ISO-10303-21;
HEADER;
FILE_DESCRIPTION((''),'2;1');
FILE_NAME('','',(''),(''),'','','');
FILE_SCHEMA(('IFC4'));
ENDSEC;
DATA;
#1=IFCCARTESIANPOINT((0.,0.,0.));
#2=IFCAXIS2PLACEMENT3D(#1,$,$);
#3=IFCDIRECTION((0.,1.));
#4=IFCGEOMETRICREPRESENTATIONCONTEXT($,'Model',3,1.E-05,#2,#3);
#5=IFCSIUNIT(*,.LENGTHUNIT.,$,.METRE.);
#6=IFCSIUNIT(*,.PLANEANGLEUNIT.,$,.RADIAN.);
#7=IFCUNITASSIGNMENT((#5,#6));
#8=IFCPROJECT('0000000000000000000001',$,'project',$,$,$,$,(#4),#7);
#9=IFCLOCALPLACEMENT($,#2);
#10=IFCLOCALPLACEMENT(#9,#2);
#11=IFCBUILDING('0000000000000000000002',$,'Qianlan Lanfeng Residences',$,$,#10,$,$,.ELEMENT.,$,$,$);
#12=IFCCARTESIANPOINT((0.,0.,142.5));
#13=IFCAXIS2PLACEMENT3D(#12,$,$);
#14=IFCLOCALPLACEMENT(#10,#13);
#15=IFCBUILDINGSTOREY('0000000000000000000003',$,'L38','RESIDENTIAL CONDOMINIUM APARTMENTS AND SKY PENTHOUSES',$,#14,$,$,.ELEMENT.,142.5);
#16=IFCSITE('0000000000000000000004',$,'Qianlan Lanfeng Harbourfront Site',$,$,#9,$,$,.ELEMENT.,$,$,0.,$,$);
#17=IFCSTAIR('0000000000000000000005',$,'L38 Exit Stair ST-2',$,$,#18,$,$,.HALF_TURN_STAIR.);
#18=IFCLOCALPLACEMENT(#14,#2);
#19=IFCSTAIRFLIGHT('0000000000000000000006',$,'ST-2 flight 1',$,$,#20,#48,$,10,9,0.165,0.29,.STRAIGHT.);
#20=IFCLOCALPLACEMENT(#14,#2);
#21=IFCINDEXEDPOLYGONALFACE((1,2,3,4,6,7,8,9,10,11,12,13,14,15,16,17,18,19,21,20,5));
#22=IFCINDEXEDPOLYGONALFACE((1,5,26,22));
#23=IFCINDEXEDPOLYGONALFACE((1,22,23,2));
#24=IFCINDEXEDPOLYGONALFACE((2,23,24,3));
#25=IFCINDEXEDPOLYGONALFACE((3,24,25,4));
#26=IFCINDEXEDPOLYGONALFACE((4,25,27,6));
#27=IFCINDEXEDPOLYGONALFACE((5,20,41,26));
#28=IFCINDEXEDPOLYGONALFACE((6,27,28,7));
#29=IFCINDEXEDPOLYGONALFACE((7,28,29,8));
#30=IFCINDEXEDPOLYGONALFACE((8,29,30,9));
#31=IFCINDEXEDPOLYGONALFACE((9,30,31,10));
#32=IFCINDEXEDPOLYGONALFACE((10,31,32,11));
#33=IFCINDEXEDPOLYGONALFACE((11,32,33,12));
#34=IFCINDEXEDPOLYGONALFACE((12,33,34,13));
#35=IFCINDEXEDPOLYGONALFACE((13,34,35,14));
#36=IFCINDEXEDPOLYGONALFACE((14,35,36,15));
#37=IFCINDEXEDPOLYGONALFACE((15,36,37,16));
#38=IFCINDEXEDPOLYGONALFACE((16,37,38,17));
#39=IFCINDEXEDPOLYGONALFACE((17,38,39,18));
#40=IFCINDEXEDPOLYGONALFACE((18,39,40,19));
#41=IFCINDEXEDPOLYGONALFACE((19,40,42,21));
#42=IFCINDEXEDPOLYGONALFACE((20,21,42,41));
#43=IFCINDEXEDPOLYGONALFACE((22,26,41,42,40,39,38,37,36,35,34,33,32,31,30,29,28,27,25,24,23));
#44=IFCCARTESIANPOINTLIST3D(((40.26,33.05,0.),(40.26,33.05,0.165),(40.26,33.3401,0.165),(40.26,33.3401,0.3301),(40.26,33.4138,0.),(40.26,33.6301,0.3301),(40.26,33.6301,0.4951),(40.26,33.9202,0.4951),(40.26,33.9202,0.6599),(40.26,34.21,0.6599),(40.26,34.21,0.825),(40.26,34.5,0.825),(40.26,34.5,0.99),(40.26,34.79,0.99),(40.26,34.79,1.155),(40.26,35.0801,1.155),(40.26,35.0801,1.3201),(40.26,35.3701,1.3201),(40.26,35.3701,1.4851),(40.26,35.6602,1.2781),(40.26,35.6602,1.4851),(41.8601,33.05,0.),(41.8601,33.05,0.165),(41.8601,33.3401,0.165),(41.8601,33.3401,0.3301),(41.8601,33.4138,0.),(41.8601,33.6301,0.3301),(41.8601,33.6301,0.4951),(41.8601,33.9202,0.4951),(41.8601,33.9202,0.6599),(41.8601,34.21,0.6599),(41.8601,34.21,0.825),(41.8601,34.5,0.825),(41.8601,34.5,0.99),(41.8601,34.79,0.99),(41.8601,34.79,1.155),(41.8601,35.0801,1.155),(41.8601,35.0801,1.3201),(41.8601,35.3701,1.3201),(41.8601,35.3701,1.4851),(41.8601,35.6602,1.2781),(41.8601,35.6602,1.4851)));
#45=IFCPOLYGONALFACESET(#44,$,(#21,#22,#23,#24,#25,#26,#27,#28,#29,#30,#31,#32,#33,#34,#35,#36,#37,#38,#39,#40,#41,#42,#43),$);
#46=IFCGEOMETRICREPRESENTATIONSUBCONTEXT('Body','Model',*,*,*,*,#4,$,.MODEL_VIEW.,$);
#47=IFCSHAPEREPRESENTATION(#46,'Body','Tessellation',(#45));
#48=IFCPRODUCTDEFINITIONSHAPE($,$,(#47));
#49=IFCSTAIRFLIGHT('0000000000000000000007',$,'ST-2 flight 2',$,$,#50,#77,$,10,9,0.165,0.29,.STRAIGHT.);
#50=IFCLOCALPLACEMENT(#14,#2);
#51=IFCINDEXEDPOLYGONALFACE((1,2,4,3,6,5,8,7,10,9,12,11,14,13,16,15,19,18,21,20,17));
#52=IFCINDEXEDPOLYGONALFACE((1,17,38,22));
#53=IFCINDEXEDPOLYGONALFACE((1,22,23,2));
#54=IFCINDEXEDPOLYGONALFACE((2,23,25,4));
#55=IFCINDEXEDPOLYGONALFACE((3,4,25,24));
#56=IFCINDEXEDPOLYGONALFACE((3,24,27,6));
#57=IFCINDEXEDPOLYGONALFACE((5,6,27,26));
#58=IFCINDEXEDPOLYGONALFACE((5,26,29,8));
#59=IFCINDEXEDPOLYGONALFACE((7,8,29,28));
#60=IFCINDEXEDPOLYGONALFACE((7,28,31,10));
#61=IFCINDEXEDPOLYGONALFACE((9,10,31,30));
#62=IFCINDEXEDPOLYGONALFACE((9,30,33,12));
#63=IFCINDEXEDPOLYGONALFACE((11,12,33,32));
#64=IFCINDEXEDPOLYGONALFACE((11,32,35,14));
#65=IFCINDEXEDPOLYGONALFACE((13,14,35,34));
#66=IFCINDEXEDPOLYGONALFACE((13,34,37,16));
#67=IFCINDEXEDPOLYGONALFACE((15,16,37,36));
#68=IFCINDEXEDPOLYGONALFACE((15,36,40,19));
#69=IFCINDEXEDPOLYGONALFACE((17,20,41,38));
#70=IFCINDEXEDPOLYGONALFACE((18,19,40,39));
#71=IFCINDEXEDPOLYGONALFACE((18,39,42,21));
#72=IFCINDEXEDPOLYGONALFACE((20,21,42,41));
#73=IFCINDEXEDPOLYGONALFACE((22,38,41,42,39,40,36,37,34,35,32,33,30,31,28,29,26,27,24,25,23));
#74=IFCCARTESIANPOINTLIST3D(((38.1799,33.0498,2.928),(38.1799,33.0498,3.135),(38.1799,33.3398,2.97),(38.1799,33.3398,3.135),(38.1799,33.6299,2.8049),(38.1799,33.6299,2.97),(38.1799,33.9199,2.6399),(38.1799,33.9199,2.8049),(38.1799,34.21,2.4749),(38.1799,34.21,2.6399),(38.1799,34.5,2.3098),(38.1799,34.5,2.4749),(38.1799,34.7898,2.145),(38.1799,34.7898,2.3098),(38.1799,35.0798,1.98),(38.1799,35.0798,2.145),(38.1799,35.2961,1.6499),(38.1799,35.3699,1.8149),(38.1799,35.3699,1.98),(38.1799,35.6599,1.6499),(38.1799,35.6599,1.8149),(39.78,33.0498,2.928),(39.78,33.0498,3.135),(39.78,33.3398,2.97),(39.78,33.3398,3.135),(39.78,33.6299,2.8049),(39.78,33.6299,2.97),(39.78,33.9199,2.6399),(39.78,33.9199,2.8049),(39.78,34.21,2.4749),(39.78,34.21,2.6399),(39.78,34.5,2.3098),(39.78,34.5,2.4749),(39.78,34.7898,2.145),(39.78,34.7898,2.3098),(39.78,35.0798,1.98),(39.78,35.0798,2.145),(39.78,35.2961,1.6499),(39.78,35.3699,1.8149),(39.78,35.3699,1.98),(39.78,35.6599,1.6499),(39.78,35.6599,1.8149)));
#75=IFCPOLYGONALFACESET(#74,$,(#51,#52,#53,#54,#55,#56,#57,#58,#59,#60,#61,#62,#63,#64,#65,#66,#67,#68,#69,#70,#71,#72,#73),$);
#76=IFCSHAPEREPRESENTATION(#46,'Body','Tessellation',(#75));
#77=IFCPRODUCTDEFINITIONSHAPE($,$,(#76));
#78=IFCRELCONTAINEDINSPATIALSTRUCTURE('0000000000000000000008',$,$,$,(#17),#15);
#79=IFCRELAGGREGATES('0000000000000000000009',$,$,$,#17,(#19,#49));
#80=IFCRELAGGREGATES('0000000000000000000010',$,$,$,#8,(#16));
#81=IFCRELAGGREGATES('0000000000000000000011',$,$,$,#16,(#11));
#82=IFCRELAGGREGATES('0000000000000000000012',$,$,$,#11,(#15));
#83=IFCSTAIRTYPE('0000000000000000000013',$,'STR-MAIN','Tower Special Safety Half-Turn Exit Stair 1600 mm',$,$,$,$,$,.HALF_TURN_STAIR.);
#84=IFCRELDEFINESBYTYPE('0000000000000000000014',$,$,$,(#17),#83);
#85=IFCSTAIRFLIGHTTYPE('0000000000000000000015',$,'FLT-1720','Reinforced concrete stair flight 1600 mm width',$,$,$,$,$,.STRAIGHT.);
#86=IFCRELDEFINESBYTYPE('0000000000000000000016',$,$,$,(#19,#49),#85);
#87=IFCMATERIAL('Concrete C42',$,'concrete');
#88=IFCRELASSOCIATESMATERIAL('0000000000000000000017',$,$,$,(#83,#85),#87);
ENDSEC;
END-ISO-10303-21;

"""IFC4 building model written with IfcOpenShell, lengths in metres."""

from ifc_helpers import new_model, si_unit, direction, frame, origin, place, context, subcontext, project, spatial, polyline, outline, extrude, material, type_object, element, aggregate, save


model = new_model("IFC4")

# Units and contexts
model_context = context("Model", 3, precision=1e-05, world=origin(), true_north=direction((0.0, 1.0)))
body_context = subcontext(model_context, "Body", "Model", "MODEL_VIEW")
ifc_project = project(units=[si_unit("LENGTHUNIT", "METRE"), si_unit("PLANEANGLEUNIT", "RADIAN")], contexts=[model_context])

# Site, building, storey
site_placement = place(None, origin())
site = spatial("IfcSite", under=ifc_project, at=site_placement, Name="Qianlan Lanfeng Harbourfront Site", CompositionType="ELEMENT", RefElevation=0.0)
building_placement = place(site_placement, origin())
building = spatial("IfcBuilding", under=site, at=building_placement, Name="Qianlan Lanfeng Residences", CompositionType="ELEMENT")
storey_placement = place(building_placement, frame((0.0, 0.0, 142.5)))
storey = spatial("IfcBuildingStorey", under=building, at=storey_placement, Name="L38", Description="RESIDENTIAL CONDOMINIUM APARTMENTS AND SKY PENTHOUSES", CompositionType="ELEMENT", Elevation=142.5)

# Shared definitions
ifc_material_1 = material(Name="Concrete C42", Category="concrete")

# Stair, stair flights
stair_type = type_object("IfcStairType", Name="STR-MAIN", Description="Tower Special Safety Half-Turn Exit Stair 1600 mm", PredefinedType="HALF_TURN_STAIR", material=ifc_material_1)
stair_placement = place(storey_placement, origin())
stair = element("IfcStair", 1, at=stair_placement, inside=storey, type_object=stair_type, Name="L38 Exit Stair ST-2", PredefinedType="HALF_TURN_STAIR")
stair_flight_type = type_object("IfcStairFlightType", Name="FLT-1720", Description="Reinforced concrete stair flight 1600 mm width", PredefinedType="STRAIGHT", material=ifc_material_1)
stair_flight_1_placement = place(storey_placement, frame((41.0601, 33.05, 0.0), z_axis=(0.0, 0.0, 1.0), x_axis=(0.0, 1.0, 0.0)))
stair_flight_1 = element("IfcStairFlight", 2, at=stair_flight_1_placement, type_object=stair_flight_type, Name="ST-2 flight 1", NumberOfRisers=10, NumberOfTreads=9, PredefinedType="STRAIGHT", RiserHeight=0.165, TreadLength=0.29, context=body_context, shape_type="SweptSolid", body=[
    extrude(outline(polyline([(0.0, 0.0), (0.0, 0.165), (0.29, 0.165), (0.29, 0.3301), (0.5801, 0.3301), (0.5801, 0.4951), (0.8701, 0.4951), (0.8701, 0.6599), (1.1599, 0.6599), (1.1599, 0.825), (1.45, 0.825), (1.45, 0.99), (1.74, 0.99), (1.74, 1.155), (2.03, 1.155), (2.03, 1.3201), (2.3201, 1.3201), (2.3201, 1.4851), (2.6101, 1.4851), (2.6101, 1.6499), (2.6101, 1.2781), (0.3638, 0.0), (0.0, 0.0)])), frame((0.0, 0.8, 0.0), z_axis=(0.0, -1.0, 0.0), x_axis=(1.0, 0.0, 0.0)), (0.0, 0.0, 1.0), 1.6001),
])
stair_flight_2_placement = place(storey_placement, frame((38.98, 35.6599, 1.6499), z_axis=(0.0, 0.0, 1.0), x_axis=(0.0, -1.0, 0.0)))
stair_flight_2 = element("IfcStairFlight", 3, at=stair_flight_2_placement, type_object=stair_flight_type, Name="ST-2 flight 2", NumberOfRisers=10, NumberOfTreads=9, PredefinedType="STRAIGHT", RiserHeight=0.165, TreadLength=0.29, context=body_context, shape_type="SweptSolid", body=[
    extrude(outline(polyline([(0.0, 0.0), (0.0, 0.165), (0.29, 0.165), (0.29, 0.3301), (0.5801, 0.3301), (0.5801, 0.4951), (0.8701, 0.4951), (0.8701, 0.6599), (1.1599, 0.6599), (1.1599, 0.825), (1.45, 0.825), (1.45, 0.99), (1.74, 0.99), (1.74, 1.155), (2.03, 1.155), (2.03, 1.3201), (2.3201, 1.3201), (2.3201, 1.4851), (2.6101, 1.4851), (2.6101, 1.6499), (2.6101, 1.2781), (0.3638, 0.0), (0.0, 0.0)])), frame((0.0, 0.8, 0.0), z_axis=(0.0, -1.0, 0.0), x_axis=(1.0, 0.0, 0.0)), (0.0, 0.0, 1.0), 1.6001),
])
aggregate(stair, [stair_flight_1, stair_flight_2])

save(model, "model.ifc")
